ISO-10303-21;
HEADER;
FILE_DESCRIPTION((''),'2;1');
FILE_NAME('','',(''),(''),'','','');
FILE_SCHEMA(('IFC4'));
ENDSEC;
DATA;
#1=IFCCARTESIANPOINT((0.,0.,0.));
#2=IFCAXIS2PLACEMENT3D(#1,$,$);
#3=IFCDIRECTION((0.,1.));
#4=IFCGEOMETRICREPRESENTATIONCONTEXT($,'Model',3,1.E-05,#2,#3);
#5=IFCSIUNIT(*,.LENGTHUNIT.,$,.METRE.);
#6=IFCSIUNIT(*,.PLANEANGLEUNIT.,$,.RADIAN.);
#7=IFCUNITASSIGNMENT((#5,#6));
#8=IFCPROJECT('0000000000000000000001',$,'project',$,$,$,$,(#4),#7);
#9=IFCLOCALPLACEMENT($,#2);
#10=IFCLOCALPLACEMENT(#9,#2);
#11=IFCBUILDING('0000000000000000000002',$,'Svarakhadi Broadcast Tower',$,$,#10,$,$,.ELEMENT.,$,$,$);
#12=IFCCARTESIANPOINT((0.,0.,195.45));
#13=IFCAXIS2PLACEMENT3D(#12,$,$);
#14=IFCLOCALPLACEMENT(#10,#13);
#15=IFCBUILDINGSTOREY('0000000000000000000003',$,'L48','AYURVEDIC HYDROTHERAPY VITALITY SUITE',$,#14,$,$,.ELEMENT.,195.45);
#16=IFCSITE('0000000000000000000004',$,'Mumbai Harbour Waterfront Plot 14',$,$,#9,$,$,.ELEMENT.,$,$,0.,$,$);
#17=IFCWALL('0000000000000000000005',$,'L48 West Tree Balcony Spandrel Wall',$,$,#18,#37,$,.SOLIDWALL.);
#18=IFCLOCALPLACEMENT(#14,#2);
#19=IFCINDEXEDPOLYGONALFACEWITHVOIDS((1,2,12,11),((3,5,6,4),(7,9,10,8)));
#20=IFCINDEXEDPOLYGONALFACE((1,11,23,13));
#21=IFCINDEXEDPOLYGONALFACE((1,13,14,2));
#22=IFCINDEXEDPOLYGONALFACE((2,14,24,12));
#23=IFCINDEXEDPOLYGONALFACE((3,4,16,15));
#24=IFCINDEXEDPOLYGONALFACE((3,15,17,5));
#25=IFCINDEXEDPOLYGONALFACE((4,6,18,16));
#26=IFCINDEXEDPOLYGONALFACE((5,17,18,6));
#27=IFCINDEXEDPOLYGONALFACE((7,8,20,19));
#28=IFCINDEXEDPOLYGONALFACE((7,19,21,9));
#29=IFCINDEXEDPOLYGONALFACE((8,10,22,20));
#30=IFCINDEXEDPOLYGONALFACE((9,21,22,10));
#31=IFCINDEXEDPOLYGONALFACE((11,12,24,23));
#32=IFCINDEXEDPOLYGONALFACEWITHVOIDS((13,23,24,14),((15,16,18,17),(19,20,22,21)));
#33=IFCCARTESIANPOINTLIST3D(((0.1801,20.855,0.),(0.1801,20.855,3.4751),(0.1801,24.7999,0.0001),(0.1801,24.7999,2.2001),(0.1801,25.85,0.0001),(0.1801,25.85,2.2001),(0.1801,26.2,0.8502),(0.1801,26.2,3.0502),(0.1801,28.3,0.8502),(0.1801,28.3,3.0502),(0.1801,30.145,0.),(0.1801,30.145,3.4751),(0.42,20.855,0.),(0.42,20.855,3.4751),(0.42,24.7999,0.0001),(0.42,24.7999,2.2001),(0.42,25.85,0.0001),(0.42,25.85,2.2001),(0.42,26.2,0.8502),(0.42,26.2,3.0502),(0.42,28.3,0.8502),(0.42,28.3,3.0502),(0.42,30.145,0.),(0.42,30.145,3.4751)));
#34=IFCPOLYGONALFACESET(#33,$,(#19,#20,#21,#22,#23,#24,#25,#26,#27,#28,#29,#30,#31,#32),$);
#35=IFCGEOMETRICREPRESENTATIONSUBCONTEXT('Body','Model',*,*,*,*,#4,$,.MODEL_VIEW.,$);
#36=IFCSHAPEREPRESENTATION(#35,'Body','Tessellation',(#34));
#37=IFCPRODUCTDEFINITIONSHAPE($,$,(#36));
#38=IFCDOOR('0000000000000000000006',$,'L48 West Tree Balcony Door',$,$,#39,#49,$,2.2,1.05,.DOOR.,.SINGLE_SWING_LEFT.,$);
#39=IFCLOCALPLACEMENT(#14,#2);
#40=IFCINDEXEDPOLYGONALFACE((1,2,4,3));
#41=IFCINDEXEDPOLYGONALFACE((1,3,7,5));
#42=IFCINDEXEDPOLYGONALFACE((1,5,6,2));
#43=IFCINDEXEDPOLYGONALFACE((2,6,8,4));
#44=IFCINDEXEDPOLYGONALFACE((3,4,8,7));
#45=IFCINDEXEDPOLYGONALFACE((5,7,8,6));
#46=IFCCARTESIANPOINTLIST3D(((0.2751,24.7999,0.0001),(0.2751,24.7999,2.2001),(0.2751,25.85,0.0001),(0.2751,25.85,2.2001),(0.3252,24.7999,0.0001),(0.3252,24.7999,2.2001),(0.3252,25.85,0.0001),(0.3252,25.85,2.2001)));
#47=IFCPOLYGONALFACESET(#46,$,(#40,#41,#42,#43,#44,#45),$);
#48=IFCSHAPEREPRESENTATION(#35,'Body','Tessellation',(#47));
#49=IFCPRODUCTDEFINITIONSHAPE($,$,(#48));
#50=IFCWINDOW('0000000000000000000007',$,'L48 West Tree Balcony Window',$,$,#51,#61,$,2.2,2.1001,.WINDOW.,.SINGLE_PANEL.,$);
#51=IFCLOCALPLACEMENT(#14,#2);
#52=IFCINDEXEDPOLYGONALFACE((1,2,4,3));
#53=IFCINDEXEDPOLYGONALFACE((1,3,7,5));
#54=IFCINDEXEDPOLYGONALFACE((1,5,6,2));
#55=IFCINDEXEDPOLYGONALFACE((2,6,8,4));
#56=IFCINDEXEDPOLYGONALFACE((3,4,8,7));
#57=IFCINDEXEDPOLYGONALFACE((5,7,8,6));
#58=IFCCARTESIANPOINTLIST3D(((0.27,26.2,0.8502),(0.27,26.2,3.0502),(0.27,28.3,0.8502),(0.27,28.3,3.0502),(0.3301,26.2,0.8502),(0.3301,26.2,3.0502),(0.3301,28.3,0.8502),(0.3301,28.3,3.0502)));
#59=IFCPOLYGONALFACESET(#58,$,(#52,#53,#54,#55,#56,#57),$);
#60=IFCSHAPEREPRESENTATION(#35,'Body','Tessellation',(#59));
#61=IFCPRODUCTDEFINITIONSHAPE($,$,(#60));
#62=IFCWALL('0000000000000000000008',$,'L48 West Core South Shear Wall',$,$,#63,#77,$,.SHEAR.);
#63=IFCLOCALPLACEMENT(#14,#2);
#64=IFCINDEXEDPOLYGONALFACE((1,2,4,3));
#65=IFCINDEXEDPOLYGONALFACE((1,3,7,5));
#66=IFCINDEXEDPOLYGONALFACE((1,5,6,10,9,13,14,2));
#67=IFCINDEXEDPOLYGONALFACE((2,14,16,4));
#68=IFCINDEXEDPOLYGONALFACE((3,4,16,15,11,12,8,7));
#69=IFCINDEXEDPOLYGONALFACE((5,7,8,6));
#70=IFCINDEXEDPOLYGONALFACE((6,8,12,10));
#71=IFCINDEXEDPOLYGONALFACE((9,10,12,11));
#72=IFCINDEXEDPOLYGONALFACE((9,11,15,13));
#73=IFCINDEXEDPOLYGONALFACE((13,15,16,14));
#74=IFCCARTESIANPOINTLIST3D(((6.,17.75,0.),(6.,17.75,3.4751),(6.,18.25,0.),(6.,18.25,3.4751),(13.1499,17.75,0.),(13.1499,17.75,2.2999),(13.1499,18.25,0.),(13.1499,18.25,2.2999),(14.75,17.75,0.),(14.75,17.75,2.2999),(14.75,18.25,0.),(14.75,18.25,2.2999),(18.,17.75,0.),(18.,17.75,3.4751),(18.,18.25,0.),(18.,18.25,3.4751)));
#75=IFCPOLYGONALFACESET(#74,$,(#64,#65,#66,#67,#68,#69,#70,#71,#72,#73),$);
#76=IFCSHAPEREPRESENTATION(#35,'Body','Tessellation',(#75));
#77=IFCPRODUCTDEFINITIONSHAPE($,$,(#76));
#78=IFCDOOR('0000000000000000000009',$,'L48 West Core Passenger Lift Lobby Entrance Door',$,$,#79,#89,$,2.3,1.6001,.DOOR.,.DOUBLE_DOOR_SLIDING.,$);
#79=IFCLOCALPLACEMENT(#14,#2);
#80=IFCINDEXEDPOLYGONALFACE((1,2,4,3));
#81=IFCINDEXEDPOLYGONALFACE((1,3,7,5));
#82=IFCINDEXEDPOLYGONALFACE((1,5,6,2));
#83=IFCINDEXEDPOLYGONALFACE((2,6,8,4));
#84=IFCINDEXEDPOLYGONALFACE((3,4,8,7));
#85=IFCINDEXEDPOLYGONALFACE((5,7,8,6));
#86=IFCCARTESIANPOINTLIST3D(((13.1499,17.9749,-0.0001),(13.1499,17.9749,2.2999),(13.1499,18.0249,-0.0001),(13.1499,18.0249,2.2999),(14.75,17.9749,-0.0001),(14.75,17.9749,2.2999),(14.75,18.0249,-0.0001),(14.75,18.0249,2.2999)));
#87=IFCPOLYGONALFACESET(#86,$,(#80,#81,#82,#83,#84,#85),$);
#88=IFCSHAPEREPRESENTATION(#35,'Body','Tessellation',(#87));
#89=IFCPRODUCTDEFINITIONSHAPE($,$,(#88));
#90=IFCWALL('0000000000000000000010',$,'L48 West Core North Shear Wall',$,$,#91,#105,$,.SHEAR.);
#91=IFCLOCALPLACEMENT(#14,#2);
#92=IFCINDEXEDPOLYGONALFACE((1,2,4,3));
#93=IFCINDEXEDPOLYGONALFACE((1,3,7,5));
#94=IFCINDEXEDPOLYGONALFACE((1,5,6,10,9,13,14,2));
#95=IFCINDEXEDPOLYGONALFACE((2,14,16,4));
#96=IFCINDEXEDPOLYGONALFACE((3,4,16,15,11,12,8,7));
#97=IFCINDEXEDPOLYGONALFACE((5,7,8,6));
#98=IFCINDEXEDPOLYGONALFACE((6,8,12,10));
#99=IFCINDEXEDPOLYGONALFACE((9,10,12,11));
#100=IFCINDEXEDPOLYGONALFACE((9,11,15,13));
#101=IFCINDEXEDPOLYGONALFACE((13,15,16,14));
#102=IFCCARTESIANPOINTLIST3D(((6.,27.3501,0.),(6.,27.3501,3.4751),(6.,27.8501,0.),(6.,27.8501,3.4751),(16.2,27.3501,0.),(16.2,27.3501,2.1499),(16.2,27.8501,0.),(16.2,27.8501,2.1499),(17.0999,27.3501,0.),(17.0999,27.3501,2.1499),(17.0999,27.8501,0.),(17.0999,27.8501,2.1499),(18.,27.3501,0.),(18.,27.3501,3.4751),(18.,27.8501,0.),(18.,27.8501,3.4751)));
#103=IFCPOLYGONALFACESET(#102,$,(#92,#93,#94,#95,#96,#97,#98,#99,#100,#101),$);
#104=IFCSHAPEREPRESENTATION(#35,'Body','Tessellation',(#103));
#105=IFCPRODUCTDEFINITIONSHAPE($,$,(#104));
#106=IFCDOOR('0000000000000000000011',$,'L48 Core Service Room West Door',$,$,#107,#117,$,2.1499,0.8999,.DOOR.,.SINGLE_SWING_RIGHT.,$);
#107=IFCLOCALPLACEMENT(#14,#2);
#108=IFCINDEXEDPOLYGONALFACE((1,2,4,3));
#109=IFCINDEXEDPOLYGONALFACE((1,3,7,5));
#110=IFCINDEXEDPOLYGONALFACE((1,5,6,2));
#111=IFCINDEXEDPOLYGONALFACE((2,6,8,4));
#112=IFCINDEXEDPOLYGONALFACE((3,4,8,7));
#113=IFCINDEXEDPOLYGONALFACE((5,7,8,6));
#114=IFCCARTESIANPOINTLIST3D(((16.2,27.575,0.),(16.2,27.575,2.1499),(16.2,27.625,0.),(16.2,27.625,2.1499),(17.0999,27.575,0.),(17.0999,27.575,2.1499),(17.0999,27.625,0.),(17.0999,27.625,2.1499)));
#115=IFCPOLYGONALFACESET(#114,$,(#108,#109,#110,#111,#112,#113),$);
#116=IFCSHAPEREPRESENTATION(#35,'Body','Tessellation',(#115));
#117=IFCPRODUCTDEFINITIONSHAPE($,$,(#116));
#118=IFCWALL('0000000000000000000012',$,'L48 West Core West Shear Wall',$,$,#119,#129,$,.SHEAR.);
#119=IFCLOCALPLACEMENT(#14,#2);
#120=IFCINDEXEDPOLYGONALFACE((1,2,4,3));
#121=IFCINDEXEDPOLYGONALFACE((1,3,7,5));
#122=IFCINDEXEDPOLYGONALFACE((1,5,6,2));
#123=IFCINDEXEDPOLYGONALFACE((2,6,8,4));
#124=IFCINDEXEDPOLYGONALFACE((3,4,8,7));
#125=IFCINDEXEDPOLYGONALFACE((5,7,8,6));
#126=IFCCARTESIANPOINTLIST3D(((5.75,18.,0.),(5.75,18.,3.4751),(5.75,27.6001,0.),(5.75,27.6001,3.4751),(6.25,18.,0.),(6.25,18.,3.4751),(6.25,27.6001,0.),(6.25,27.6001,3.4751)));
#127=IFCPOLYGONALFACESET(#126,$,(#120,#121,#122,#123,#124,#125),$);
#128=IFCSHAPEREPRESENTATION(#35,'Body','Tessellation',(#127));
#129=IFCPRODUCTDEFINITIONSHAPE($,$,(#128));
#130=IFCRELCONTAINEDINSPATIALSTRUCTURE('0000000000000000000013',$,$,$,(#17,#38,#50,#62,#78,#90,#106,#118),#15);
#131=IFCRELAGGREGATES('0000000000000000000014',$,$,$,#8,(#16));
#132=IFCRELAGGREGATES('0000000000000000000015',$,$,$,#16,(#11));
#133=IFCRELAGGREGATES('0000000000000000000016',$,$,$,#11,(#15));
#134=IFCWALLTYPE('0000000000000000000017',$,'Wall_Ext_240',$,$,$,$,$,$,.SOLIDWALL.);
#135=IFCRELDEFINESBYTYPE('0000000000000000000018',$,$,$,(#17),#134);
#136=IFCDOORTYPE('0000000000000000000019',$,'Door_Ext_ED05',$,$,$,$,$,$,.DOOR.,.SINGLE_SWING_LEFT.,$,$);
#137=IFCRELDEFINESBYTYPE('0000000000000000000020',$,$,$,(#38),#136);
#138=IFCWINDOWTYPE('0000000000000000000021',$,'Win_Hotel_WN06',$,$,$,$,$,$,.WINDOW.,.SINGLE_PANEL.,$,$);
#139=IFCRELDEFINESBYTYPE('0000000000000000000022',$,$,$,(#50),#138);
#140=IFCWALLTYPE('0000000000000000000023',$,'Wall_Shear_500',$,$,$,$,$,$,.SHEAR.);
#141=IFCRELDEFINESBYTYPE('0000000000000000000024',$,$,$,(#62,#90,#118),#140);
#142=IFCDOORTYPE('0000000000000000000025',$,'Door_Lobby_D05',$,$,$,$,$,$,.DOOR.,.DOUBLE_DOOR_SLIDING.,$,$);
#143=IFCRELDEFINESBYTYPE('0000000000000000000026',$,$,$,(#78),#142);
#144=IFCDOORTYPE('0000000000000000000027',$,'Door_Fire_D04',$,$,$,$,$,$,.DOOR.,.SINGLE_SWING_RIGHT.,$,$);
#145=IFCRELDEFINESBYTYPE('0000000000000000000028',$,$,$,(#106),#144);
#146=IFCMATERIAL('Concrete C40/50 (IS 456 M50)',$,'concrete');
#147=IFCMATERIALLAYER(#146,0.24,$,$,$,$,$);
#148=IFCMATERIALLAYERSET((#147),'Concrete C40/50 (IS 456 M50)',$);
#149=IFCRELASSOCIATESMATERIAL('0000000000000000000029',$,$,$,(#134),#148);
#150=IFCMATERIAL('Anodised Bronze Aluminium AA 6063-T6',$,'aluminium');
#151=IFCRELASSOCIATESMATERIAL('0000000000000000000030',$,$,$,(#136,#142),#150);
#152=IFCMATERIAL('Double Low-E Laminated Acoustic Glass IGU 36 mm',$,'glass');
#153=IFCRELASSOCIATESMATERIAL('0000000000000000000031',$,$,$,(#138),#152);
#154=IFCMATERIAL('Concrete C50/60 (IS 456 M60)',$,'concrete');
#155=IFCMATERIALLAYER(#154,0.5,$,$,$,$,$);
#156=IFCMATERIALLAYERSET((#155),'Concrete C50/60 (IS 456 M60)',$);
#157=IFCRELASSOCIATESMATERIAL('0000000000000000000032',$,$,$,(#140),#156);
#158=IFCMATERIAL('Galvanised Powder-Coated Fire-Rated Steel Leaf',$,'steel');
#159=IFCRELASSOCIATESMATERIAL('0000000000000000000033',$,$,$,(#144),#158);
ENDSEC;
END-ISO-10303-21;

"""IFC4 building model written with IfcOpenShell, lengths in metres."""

from ifc_helpers import new_model, si_unit, direction, frame, frame_2d, origin, place, context, subcontext, project, spatial, rectangle, extrude, material, layer, layer_set, type_object, element, fill, save


model = new_model("IFC4")

# Units and contexts
model_context = context("Model", 3, precision=1e-05, world=origin(), true_north=direction((0.0, 1.0)))
body_context = subcontext(model_context, "Body", "Model", "MODEL_VIEW")
ifc_project = project(units=[si_unit("LENGTHUNIT", "METRE"), si_unit("PLANEANGLEUNIT", "RADIAN")], contexts=[model_context])

# Site, building, storey
site_placement = place(None, origin())
site = spatial("IfcSite", under=ifc_project, at=site_placement, Name="Mumbai Harbour Waterfront Plot 14", CompositionType="ELEMENT", RefElevation=0.0)
building_placement = place(site_placement, origin())
building = spatial("IfcBuilding", under=site, at=building_placement, Name="Svarakhadi Broadcast Tower", CompositionType="ELEMENT")
storey_placement = place(building_placement, frame((0.0, 0.0, 195.45)))
storey = spatial("IfcBuildingStorey", under=building, at=storey_placement, Name="L48", Description="AYURVEDIC HYDROTHERAPY VITALITY SUITE", CompositionType="ELEMENT", Elevation=195.45)

# Shared definitions
ifc_material_1 = material(Name="Concrete C50/60 (IS 456 M60)", Category="concrete")

# Shared definitions
ifc_material_2 = material(Name="Anodised Bronze Aluminium AA 6063-T6", Category="aluminium")

# Wall, openings, door, window
ifc_material_3 = material(Name="Concrete C40/50 (IS 456 M50)", Category="concrete")
ifc_layer_1 = layer(ifc_material_3, 0.24)
ifc_layer_set_1 = layer_set([ifc_layer_1], Name="Concrete C40/50 (IS 456 M50)")
wall_type_1 = type_object("IfcWallType", Name="Wall_Ext_240", PredefinedType="SOLIDWALL", material=ifc_layer_set_1)
wall_1_placement = place(storey_placement, frame((0.3, 20.855, 0.0), z_axis=(0.0, 0.0, 1.0), x_axis=(0.0, 1.0, 0.0)))
wall_1 = element("IfcWall", 1, at=wall_1_placement, inside=storey, type_object=wall_type_1, Name="L48 West Tree Balcony Spandrel Wall", PredefinedType="SOLIDWALL", context=body_context, shape_type="SweptSolid", body=[
    extrude(rectangle(XDim=9.29, YDim=0.24, at=frame_2d((4.645, 0.0))), origin(), (0.0, 0.0, 1.0), 3.4751),
])
opening_1_placement = place(wall_1_placement, frame((3.9451, 0.0, 0.0)))
opening_1 = element("IfcOpeningElement", 2, at=opening_1_placement, cuts=wall_1, PredefinedType="OPENING", context=body_context, shape_type="SweptSolid", body=[
    extrude(rectangle(XDim=1.05, YDim=2.2, at=frame_2d((0.5249, 1.1001))), frame((0.0, 0.1299, 0.0), z_axis=(0.0, -1.0, 0.0), x_axis=(1.0, 0.0, 0.0)), (0.0, 0.0, 1.0), 0.26),
])
opening_2_placement = place(wall_1_placement, frame((5.345, 0.0, 0.8501)))
opening_2 = element("IfcOpeningElement", 3, at=opening_2_placement, cuts=wall_1, PredefinedType="OPENING", context=body_context, shape_type="SweptSolid", body=[
    extrude(rectangle(XDim=2.1001, YDim=2.2, at=frame_2d((1.05, 1.1001))), frame((0.0, 0.1299, 0.0), z_axis=(0.0, -1.0, 0.0), x_axis=(1.0, 0.0, 0.0)), (0.0, 0.0, 1.0), 0.26),
])
door_type_1 = type_object("IfcDoorType", Name="Door_Ext_ED05", OperationType="SINGLE_SWING_LEFT", PredefinedType="DOOR", material=ifc_material_2)
door_1_placement = place(opening_1_placement, origin())
door_1 = element("IfcDoor", 4, at=door_1_placement, inside=storey, type_object=door_type_1, Name="L48 West Tree Balcony Door", OperationType="SINGLE_SWING_LEFT", OverallHeight=2.2, OverallWidth=1.05, PredefinedType="DOOR", context=body_context, shape_type="SweptSolid", body=[
    extrude(rectangle(XDim=1.05, YDim=2.2, at=frame_2d((0.5249, 1.1001))), frame((0.0, 0.0249, 0.0), z_axis=(0.0, -1.0, 0.0), x_axis=(1.0, 0.0, 0.0)), (0.0, 0.0, 1.0), 0.05),
])
fill(opening_1, door_1)
ifc_material_4 = material(Name="Double Low-E Laminated Acoustic Glass IGU 36 mm", Category="glass")
window_type = type_object("IfcWindowType", Name="Win_Hotel_WN06", PartitioningType="SINGLE_PANEL", PredefinedType="WINDOW", material=ifc_material_4)
window_placement = place(opening_2_placement, origin())
window = element("IfcWindow", 5, at=window_placement, inside=storey, type_object=window_type, Name="L48 West Tree Balcony Window", OverallHeight=2.2, OverallWidth=2.1001, PartitioningType="SINGLE_PANEL", PredefinedType="WINDOW", context=body_context, shape_type="SweptSolid", body=[
    extrude(rectangle(XDim=2.1001, YDim=2.2, at=frame_2d((1.05, 1.1001))), frame((0.0, 0.03, 0.0), z_axis=(0.0, -1.0, 0.0), x_axis=(1.0, 0.0, 0.0)), (0.0, 0.0, 1.0), 0.0601),
])
fill(opening_2, window)

# Walls, openings, doors
ifc_layer_2 = layer(ifc_material_1, 0.5)
ifc_layer_set_2 = layer_set([ifc_layer_2], Name="Concrete C50/60 (IS 456 M60)")
wall_type_2 = type_object("IfcWallType", Name="Wall_Shear_500", PredefinedType="SHEAR", material=ifc_layer_set_2)
wall_2_placement = place(storey_placement, frame((6.0, 18.0, 0.0), z_axis=(0.0, 0.0, 1.0), x_axis=(1.0, 0.0, 0.0)))
wall_2 = element("IfcWall", 6, at=wall_2_placement, inside=storey, type_object=wall_type_2, Name="L48 West Core South Shear Wall", PredefinedType="SHEAR", context=body_context, shape_type="SweptSolid", body=[
    extrude(rectangle(XDim=12.0, YDim=0.5, at=frame_2d((6.0, 0.0))), origin(), (0.0, 0.0, 1.0), 3.4751),
])
opening_3_placement = place(wall_2_placement, frame((7.1499, 0.0, 0.0)))
opening_3 = element("IfcOpeningElement", 7, at=opening_3_placement, cuts=wall_2, PredefinedType="OPENING", context=body_context, shape_type="SweptSolid", body=[
    extrude(rectangle(XDim=1.6001, YDim=2.3, at=frame_2d((0.8, 1.1499))), frame((0.0, 0.26, 0.0), z_axis=(0.0, -1.0, 0.0), x_axis=(1.0, 0.0, 0.0)), (0.0, 0.0, 1.0), 0.52),
])
door_type_2 = type_object("IfcDoorType", Name="Door_Lobby_D05", OperationType="DOUBLE_DOOR_SLIDING", PredefinedType="DOOR", material=ifc_material_2)
door_2_placement = place(opening_3_placement, origin())
door_2 = element("IfcDoor", 8, at=door_2_placement, inside=storey, type_object=door_type_2, Name="L48 West Core Passenger Lift Lobby Entrance Door", OperationType="DOUBLE_DOOR_SLIDING", OverallHeight=2.3, OverallWidth=1.6001, PredefinedType="DOOR", context=body_context, shape_type="SweptSolid", body=[
    extrude(rectangle(XDim=1.6001, YDim=2.3, at=frame_2d((0.8, 1.1499))), frame((0.0, 0.0249, 0.0), z_axis=(0.0, -1.0, 0.0), x_axis=(1.0, 0.0, 0.0)), (0.0, 0.0, 1.0), 0.05),
])
fill(opening_3, door_2)
wall_3_placement = place(storey_placement, frame((6.0, 27.6001, 0.0), z_axis=(0.0, 0.0, 1.0), x_axis=(1.0, 0.0, 0.0)))
wall_3 = element("IfcWall", 9, at=wall_3_placement, inside=storey, type_object=wall_type_2, Name="L48 West Core North Shear Wall", PredefinedType="SHEAR", context=body_context, shape_type="SweptSolid", body=[
    extrude(rectangle(XDim=12.0, YDim=0.5, at=frame_2d((6.0, 0.0))), origin(), (0.0, 0.0, 1.0), 3.4751),
])
opening_4_placement = place(wall_3_placement, frame((10.2, 0.0, 0.0)))
opening_4 = element("IfcOpeningElement", 10, at=opening_4_placement, cuts=wall_3, PredefinedType="OPENING", context=body_context, shape_type="SweptSolid", body=[
    extrude(rectangle(XDim=0.8999, YDim=2.1499, at=frame_2d((0.45, 1.075))), frame((0.0, 0.26, 0.0), z_axis=(0.0, -1.0, 0.0), x_axis=(1.0, 0.0, 0.0)), (0.0, 0.0, 1.0), 0.52),
])
ifc_material_5 = material(Name="Galvanised Powder-Coated Fire-Rated Steel Leaf", Category="steel")
door_type_3 = type_object("IfcDoorType", Name="Door_Fire_D04", OperationType="SINGLE_SWING_RIGHT", PredefinedType="DOOR", material=ifc_material_5)
door_3_placement = place(opening_4_placement, origin())
door_3 = element("IfcDoor", 11, at=door_3_placement, inside=storey, type_object=door_type_3, Name="L48 Core Service Room West Door", OperationType="SINGLE_SWING_RIGHT", OverallHeight=2.1499, OverallWidth=0.8999, PredefinedType="DOOR", context=body_context, shape_type="SweptSolid", body=[
    extrude(rectangle(XDim=0.8999, YDim=2.1499, at=frame_2d((0.45, 1.075))), frame((0.0, 0.0249, 0.0), z_axis=(0.0, -1.0, 0.0), x_axis=(1.0, 0.0, 0.0)), (0.0, 0.0, 1.0), 0.05),
])
fill(opening_4, door_3)

# Wall
wall_4_placement = place(storey_placement, frame((6.0, 18.0, 0.0), z_axis=(0.0, 0.0, 1.0), x_axis=(0.0, 1.0, 0.0)))
element("IfcWall", 12, at=wall_4_placement, inside=storey, type_object=wall_type_2, Name="L48 West Core West Shear Wall", PredefinedType="SHEAR", context=body_context, shape_type="SweptSolid", body=[
    extrude(rectangle(XDim=9.6001, YDim=0.5, at=frame_2d((4.8, 0.0))), origin(), (0.0, 0.0, 1.0), 3.4751),
])

save(model, "model.ifc")
